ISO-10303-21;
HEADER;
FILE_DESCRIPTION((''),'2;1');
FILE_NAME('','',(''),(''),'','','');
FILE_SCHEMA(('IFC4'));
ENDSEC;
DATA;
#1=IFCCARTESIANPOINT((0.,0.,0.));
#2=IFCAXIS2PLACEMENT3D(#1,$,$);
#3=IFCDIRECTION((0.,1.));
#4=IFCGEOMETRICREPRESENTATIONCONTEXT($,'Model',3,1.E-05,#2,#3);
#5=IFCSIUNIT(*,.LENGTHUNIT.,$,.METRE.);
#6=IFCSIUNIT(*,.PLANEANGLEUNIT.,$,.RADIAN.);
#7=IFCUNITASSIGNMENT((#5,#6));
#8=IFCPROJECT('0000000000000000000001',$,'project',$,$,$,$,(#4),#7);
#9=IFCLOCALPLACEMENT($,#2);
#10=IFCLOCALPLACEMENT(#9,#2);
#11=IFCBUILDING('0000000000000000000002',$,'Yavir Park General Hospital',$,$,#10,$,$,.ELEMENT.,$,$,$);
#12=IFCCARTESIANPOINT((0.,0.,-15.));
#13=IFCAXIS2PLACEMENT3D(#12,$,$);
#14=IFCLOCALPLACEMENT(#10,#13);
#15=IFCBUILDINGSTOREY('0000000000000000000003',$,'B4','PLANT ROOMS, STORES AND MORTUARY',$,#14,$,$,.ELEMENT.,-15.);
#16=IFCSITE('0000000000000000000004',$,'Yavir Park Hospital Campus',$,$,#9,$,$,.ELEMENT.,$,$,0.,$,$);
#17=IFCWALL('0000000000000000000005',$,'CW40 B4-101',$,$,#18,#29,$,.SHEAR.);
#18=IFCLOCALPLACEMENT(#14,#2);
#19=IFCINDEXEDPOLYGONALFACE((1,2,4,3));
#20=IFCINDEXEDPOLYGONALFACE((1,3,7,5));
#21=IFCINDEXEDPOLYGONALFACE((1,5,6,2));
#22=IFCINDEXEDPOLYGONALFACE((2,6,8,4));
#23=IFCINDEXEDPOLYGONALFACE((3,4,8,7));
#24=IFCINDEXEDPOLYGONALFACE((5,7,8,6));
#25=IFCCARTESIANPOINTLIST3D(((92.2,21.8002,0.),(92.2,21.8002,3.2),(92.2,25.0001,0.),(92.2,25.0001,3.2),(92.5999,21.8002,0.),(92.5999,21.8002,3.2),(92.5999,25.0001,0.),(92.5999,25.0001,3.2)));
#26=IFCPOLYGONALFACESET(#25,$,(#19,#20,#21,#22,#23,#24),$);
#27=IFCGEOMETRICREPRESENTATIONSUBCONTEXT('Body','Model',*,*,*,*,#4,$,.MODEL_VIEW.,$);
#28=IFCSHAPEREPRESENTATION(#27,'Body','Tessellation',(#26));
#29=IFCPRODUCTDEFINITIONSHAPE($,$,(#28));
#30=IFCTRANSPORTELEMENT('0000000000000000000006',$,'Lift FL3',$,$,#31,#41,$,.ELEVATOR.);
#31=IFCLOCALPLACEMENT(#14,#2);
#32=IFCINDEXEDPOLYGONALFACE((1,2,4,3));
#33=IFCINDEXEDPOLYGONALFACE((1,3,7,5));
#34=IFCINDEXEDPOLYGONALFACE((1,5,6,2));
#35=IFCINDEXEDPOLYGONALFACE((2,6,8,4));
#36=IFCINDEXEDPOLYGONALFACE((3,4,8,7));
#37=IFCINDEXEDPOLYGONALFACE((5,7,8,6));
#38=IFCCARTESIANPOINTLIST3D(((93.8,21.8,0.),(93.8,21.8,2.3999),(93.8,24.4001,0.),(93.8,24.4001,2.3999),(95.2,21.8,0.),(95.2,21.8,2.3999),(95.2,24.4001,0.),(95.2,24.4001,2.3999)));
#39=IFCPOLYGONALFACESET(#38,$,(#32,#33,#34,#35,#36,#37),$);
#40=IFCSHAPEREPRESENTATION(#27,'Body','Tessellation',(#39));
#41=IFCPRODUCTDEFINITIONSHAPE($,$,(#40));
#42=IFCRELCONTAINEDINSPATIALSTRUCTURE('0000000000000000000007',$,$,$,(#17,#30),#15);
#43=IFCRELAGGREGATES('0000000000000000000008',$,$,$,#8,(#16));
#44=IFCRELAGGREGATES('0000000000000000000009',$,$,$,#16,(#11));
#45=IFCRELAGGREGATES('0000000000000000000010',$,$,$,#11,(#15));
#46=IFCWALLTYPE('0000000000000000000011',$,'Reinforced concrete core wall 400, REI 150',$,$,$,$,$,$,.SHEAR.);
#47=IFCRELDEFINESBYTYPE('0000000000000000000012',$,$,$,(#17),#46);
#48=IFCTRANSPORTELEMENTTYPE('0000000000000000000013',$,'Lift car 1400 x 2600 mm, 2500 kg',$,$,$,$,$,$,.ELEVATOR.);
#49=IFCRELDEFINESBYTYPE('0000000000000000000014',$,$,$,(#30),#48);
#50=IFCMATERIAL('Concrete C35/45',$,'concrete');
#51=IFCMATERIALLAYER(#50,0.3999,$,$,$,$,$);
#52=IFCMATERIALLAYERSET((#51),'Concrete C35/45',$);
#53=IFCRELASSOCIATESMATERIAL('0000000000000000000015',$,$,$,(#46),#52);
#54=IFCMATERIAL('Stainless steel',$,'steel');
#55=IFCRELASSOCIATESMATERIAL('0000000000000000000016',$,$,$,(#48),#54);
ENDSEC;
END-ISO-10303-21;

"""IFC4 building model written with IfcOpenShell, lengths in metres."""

from ifc_helpers import new_model, si_unit, direction, frame, frame_2d, origin, origin_2d, place, context, subcontext, project, spatial, rectangle, extrude, material, layer, layer_set, type_object, element, save


model = new_model("IFC4")

# Units and contexts
model_context = context("Model", 3, precision=1e-05, world=origin(), true_north=direction((0.0, 1.0)))
body_context = subcontext(model_context, "Body", "Model", "MODEL_VIEW")
ifc_project = project(units=[si_unit("LENGTHUNIT", "METRE"), si_unit("PLANEANGLEUNIT", "RADIAN")], contexts=[model_context])

# Site, building, storey
site_placement = place(None, origin())
site = spatial("IfcSite", under=ifc_project, at=site_placement, Name="Yavir Park Hospital Campus", CompositionType="ELEMENT", RefElevation=0.0)
building_placement = place(site_placement, origin())
building = spatial("IfcBuilding", under=site, at=building_placement, Name="Yavir Park General Hospital", CompositionType="ELEMENT")
storey_placement = place(building_placement, frame((0.0, 0.0, -15.0)))
storey = spatial("IfcBuildingStorey", under=building, at=storey_placement, Name="B4", Description="PLANT ROOMS, STORES AND MORTUARY", CompositionType="ELEMENT", Elevation=-15.0)

# Shared definitions
ifc_material_1 = material(Name="Concrete C35/45", Category="concrete")
ifc_layer_1 = layer(ifc_material_1, 0.3999)
ifc_layer_set_1 = layer_set([ifc_layer_1], Name="Concrete C35/45")
wall_type_1 = type_object("IfcWallType", Name="Reinforced concrete core wall 400, REI 150", PredefinedType="SHEAR", material=ifc_layer_set_1)

# Wall
wall_1_placement = place(storey_placement, frame((92.3999, 21.8, 0.0), z_axis=(0.0, 0.0, 1.0), x_axis=(0.0, 1.0, 0.0)))
element("IfcWall", 1, at=wall_1_placement, inside=storey, type_object=wall_type_1, Name="CW40 B4-101", PredefinedType="SHEAR", context=body_context, shape_type="SweptSolid", body=[
    extrude(rectangle(XDim=3.2, YDim=0.3999, at=frame_2d((1.6001, 0.0))), origin(), (0.0, 0.0, 1.0), 3.2),
])

# Transport element
ifc_material_2 = material(Name="Stainless steel", Category="steel")
transport_element_type = type_object("IfcTransportElementType", Name="Lift car 1400 x 2600 mm, 2500 kg", PredefinedType="ELEVATOR", material=ifc_material_2)
transport_element_placement = place(storey_placement, frame((94.5, 23.1001, 0.0), z_axis=(0.0, 0.0, 1.0), x_axis=(1.0, 0.0, 0.0)))
element("IfcTransportElement", 2, at=transport_element_placement, inside=storey, type_object=transport_element_type, Name="Lift FL3", PredefinedType="ELEVATOR", context=body_context, shape_type="SweptSolid", body=[
    extrude(rectangle(XDim=1.3999, YDim=2.6001, at=origin_2d()), origin(), (0.0, 0.0, 1.0), 2.3999),
])

save(model, "model.ifc")
